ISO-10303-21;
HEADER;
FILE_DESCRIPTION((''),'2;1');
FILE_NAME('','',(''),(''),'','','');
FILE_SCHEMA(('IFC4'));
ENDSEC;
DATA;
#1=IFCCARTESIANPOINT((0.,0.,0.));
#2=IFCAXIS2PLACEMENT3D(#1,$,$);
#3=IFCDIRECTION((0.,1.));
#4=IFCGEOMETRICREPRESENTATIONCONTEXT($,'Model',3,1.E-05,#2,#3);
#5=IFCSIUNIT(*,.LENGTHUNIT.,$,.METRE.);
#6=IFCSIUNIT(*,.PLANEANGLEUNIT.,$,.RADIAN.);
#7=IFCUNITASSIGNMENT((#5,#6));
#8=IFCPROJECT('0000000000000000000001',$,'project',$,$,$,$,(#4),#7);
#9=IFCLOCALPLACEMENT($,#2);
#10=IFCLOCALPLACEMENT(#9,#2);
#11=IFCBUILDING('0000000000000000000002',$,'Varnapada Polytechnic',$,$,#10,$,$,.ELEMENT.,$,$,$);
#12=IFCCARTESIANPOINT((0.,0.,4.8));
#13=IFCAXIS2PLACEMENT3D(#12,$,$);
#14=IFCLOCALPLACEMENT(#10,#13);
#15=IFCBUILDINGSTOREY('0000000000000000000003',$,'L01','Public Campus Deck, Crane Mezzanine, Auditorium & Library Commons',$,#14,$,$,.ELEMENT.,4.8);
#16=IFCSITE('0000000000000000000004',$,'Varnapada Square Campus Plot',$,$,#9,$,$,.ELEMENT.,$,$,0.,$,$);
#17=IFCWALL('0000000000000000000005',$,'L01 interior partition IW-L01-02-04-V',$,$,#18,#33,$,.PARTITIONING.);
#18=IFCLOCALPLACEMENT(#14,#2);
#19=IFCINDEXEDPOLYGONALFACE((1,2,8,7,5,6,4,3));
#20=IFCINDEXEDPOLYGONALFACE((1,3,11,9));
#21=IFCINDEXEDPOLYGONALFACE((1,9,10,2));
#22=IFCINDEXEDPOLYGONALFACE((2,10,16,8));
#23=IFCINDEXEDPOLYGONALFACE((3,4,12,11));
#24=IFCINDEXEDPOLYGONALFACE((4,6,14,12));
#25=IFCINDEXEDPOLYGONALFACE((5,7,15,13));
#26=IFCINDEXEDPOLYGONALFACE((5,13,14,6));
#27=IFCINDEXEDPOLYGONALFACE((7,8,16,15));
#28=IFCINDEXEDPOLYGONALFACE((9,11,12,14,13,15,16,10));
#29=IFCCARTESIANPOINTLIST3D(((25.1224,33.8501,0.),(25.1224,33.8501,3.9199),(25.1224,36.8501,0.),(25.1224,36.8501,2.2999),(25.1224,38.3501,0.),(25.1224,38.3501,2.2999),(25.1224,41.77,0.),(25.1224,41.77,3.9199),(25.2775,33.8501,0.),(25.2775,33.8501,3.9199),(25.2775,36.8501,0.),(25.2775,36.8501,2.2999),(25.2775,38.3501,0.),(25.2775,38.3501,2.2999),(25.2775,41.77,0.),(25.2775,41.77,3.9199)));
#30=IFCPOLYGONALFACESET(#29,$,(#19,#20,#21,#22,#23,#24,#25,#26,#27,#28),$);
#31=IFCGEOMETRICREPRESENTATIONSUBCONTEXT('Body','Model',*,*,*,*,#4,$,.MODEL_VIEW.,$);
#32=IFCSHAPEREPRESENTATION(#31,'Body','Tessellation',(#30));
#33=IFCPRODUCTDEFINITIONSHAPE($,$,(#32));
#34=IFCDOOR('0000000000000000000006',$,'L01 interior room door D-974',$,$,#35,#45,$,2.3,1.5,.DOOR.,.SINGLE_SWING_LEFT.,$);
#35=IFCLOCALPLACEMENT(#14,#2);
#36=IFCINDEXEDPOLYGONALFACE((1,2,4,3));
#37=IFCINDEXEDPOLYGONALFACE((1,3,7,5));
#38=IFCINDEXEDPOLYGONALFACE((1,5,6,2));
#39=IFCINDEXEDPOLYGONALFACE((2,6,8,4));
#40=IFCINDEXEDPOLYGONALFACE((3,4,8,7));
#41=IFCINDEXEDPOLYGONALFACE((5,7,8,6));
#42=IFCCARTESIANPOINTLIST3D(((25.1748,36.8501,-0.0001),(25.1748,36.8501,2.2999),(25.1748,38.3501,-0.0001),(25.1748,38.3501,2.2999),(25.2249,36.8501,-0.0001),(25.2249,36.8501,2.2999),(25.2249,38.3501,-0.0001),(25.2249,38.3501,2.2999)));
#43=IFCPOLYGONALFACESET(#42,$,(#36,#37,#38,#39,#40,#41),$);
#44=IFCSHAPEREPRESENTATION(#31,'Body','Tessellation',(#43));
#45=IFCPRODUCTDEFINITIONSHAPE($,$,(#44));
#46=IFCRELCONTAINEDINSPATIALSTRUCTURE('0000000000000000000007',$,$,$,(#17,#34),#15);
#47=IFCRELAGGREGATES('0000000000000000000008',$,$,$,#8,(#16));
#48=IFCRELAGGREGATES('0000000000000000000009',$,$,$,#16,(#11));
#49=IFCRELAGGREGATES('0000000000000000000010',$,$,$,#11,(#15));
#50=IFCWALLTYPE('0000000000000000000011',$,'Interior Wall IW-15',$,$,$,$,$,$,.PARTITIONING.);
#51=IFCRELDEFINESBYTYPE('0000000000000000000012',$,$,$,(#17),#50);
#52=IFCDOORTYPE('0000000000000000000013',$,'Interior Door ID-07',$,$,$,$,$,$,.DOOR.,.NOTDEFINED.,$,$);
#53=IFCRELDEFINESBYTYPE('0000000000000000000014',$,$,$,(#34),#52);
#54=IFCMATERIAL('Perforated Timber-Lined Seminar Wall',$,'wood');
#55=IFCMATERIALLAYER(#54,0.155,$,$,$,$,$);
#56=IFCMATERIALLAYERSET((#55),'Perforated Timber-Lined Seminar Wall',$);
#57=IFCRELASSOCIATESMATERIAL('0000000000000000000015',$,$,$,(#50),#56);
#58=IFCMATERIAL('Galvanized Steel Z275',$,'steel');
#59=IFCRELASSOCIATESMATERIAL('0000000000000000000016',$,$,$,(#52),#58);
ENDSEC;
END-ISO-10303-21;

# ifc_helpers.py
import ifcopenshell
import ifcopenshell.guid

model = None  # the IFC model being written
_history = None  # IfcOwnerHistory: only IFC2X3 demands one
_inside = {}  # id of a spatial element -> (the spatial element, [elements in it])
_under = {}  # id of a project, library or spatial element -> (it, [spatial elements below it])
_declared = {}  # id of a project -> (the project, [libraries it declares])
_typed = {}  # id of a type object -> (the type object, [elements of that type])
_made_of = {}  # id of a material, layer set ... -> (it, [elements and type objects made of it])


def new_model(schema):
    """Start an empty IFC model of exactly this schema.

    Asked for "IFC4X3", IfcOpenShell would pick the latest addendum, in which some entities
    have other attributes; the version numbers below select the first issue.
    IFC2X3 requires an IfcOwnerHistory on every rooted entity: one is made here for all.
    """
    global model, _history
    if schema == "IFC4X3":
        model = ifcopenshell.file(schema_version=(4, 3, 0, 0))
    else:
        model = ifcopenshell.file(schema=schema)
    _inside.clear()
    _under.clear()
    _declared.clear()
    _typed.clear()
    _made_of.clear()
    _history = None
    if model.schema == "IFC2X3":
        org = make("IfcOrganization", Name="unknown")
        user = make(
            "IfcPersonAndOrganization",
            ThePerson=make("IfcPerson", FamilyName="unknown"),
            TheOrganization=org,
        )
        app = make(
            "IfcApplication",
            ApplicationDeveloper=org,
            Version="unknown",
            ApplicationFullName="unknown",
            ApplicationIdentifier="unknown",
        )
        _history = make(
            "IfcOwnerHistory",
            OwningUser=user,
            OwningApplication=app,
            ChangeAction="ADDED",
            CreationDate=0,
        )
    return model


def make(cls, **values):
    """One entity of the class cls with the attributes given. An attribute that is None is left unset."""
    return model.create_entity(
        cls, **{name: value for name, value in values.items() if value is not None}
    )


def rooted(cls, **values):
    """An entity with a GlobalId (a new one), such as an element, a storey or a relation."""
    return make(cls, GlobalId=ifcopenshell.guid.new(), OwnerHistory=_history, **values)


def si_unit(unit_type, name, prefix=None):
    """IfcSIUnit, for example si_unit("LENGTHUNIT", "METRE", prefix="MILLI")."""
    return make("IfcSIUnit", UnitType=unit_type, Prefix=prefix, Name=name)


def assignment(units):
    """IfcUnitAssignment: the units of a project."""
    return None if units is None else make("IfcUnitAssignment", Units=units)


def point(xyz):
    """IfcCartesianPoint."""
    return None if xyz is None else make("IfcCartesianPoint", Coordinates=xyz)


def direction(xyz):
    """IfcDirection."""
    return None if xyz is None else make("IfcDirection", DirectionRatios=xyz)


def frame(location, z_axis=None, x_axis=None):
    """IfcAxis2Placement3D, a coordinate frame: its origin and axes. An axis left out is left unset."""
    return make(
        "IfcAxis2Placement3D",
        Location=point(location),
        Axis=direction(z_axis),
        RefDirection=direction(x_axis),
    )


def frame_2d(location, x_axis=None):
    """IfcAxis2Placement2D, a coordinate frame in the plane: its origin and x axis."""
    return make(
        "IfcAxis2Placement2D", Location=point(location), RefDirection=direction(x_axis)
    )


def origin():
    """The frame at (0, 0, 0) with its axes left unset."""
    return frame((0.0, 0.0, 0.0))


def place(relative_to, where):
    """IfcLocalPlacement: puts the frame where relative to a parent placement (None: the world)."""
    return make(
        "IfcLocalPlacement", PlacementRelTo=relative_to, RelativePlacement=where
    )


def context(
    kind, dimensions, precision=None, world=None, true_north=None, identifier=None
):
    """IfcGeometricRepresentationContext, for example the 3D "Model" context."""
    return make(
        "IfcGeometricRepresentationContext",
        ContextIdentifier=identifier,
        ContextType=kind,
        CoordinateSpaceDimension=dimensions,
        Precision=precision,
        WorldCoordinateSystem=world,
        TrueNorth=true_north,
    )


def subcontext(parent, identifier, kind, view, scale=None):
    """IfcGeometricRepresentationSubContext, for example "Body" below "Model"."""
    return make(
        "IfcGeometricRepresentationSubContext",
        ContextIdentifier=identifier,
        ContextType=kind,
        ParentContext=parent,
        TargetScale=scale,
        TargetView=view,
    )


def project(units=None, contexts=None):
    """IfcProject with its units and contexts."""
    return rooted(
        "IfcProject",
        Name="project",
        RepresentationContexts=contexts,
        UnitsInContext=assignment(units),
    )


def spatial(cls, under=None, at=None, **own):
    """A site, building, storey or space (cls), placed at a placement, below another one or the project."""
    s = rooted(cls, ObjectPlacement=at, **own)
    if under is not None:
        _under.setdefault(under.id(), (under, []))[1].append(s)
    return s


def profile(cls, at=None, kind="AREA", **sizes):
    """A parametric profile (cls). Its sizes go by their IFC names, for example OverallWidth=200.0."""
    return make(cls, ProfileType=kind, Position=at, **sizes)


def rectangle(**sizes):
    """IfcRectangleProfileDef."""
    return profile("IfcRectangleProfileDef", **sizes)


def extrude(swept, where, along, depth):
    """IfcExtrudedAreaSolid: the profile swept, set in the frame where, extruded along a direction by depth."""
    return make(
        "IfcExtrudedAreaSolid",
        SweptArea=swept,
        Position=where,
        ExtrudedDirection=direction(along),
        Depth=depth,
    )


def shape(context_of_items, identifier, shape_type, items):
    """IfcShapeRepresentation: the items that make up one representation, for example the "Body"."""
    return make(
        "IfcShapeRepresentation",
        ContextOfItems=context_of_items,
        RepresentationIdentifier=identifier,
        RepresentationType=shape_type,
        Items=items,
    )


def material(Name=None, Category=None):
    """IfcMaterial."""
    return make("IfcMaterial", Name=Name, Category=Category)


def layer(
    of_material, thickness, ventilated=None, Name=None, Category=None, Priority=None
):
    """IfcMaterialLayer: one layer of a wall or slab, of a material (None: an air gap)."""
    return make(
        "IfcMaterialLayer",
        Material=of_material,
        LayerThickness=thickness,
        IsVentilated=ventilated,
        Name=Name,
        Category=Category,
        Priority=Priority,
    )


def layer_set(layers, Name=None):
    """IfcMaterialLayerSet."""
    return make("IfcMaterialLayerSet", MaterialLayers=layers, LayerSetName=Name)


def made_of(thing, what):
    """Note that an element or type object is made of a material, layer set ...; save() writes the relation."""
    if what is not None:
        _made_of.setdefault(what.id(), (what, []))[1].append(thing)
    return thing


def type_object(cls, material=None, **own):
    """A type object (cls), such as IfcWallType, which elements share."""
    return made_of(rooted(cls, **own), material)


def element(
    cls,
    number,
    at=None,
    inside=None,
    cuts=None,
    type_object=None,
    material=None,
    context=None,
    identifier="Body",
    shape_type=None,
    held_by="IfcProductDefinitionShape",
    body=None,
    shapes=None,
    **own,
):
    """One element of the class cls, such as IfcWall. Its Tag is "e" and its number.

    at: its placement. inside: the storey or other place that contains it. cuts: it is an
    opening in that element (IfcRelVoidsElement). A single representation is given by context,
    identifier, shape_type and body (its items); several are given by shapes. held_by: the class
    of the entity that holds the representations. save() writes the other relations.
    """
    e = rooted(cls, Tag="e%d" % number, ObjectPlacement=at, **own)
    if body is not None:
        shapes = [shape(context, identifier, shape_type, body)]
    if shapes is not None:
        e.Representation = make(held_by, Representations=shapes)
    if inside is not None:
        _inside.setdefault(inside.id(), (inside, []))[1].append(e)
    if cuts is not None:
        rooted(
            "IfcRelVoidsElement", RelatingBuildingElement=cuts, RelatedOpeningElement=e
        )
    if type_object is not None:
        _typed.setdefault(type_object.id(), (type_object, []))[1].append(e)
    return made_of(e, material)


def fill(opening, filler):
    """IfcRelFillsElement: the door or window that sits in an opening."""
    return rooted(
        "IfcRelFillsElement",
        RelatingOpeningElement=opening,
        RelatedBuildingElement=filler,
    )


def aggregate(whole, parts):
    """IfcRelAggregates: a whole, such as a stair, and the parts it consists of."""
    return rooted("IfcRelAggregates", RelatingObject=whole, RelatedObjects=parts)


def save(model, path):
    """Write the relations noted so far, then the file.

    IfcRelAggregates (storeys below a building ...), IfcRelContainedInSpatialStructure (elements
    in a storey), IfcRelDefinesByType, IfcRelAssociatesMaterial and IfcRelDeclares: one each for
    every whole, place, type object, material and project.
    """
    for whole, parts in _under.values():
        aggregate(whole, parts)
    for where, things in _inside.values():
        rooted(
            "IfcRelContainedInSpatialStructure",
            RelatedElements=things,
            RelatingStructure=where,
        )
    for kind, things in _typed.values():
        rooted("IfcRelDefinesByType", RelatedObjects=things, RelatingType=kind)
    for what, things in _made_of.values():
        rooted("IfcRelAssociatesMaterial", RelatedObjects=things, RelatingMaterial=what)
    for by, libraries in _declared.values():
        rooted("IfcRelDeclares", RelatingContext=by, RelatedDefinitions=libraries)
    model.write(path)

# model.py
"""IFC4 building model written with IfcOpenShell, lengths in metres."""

from ifc_helpers import new_model, si_unit, direction, frame, frame_2d, origin, place, context, subcontext, project, spatial, rectangle, extrude, material, layer, layer_set, type_object, element, fill, save


model = new_model("IFC4")

# Units and contexts
model_context = context("Model", 3, precision=1e-05, world=origin(), true_north=direction((0.0, 1.0)))
body_context = subcontext(model_context, "Body", "Model", "MODEL_VIEW")
ifc_project = project(units=[si_unit("LENGTHUNIT", "METRE"), si_unit("PLANEANGLEUNIT", "RADIAN")], contexts=[model_context])

# Site, building, storey
site_placement = place(None, origin())
site = spatial("IfcSite", under=ifc_project, at=site_placement, Name="Varnapada Square Campus Plot", CompositionType="ELEMENT", RefElevation=0.0)
building_placement = place(site_placement, origin())
building = spatial("IfcBuilding", under=site, at=building_placement, Name="Varnapada Polytechnic", CompositionType="ELEMENT")
storey_placement = place(building_placement, frame((0.0, 0.0, 4.8)))
storey = spatial("IfcBuildingStorey", under=building, at=storey_placement, Name="L01", Description="Public Campus Deck, Crane Mezzanine, Auditorium & Library Commons", CompositionType="ELEMENT", Elevation=4.8)

# Wall, opening, door
ifc_material_1 = material(Name="Perforated Timber-Lined Seminar Wall", Category="wood")
ifc_layer_1 = layer(ifc_material_1, 0.155)
ifc_layer_set_1 = layer_set([ifc_layer_1], Name="Perforated Timber-Lined Seminar Wall")
wall_type = type_object("IfcWallType", Name="Interior Wall IW-15", PredefinedType="PARTITIONING", material=ifc_layer_set_1)
wall_placement = place(storey_placement, frame((25.2, 33.8501, 0.0), z_axis=(0.0, 0.0, 1.0), x_axis=(0.0, 1.0, 0.0)))
wall = element("IfcWall", 1, at=wall_placement, inside=storey, type_object=wall_type, Name="L01 interior partition IW-L01-02-04-V", PredefinedType="PARTITIONING", context=body_context, shape_type="SweptSolid", body=[
    extrude(rectangle(XDim=7.9199, YDim=0.155, at=frame_2d((3.96, 0.0))), origin(), (0.0, 0.0, 1.0), 3.9199),
])
opening_1_placement = place(wall_placement, frame((3.0, 0.0, 0.0)))
opening_1 = element("IfcOpeningElement", 2, at=opening_1_placement, cuts=wall, PredefinedType="OPENING", context=body_context, shape_type="SweptSolid", body=[
    extrude(rectangle(XDim=1.5, YDim=2.3, at=frame_2d((0.75, 1.1499))), frame((0.0, 0.0874, 0.0), z_axis=(0.0, -1.0, 0.0), x_axis=(1.0, 0.0, 0.0)), (0.0, 0.0, 1.0), 0.175),
])
ifc_material_2 = material(Name="Galvanized Steel Z275", Category="steel")
door_type = type_object("IfcDoorType", Name="Interior Door ID-07", OperationType="NOTDEFINED", PredefinedType="DOOR", material=ifc_material_2)
door_placement = place(opening_1_placement, frame((1.5, 0.0, 0.0), z_axis=(0.0, 0.0, 1.0), x_axis=(-1.0, 0.0, 0.0)))
door = element("IfcDoor", 3, at=door_placement, inside=storey, type_object=door_type, Name="L01 interior room door D-974", OperationType="SINGLE_SWING_LEFT", OverallHeight=2.3, OverallWidth=1.5, PredefinedType="DOOR", context=body_context, shape_type="SweptSolid", body=[
    extrude(rectangle(XDim=1.5, YDim=2.3, at=frame_2d((0.75, 1.1499))), frame((0.0, 0.0249, 0.0), z_axis=(0.0, -1.0, 0.0), x_axis=(1.0, 0.0, 0.0)), (0.0, 0.0, 1.0), 0.05),
])
fill(opening_1, door)

save(model, "model.ifc")
